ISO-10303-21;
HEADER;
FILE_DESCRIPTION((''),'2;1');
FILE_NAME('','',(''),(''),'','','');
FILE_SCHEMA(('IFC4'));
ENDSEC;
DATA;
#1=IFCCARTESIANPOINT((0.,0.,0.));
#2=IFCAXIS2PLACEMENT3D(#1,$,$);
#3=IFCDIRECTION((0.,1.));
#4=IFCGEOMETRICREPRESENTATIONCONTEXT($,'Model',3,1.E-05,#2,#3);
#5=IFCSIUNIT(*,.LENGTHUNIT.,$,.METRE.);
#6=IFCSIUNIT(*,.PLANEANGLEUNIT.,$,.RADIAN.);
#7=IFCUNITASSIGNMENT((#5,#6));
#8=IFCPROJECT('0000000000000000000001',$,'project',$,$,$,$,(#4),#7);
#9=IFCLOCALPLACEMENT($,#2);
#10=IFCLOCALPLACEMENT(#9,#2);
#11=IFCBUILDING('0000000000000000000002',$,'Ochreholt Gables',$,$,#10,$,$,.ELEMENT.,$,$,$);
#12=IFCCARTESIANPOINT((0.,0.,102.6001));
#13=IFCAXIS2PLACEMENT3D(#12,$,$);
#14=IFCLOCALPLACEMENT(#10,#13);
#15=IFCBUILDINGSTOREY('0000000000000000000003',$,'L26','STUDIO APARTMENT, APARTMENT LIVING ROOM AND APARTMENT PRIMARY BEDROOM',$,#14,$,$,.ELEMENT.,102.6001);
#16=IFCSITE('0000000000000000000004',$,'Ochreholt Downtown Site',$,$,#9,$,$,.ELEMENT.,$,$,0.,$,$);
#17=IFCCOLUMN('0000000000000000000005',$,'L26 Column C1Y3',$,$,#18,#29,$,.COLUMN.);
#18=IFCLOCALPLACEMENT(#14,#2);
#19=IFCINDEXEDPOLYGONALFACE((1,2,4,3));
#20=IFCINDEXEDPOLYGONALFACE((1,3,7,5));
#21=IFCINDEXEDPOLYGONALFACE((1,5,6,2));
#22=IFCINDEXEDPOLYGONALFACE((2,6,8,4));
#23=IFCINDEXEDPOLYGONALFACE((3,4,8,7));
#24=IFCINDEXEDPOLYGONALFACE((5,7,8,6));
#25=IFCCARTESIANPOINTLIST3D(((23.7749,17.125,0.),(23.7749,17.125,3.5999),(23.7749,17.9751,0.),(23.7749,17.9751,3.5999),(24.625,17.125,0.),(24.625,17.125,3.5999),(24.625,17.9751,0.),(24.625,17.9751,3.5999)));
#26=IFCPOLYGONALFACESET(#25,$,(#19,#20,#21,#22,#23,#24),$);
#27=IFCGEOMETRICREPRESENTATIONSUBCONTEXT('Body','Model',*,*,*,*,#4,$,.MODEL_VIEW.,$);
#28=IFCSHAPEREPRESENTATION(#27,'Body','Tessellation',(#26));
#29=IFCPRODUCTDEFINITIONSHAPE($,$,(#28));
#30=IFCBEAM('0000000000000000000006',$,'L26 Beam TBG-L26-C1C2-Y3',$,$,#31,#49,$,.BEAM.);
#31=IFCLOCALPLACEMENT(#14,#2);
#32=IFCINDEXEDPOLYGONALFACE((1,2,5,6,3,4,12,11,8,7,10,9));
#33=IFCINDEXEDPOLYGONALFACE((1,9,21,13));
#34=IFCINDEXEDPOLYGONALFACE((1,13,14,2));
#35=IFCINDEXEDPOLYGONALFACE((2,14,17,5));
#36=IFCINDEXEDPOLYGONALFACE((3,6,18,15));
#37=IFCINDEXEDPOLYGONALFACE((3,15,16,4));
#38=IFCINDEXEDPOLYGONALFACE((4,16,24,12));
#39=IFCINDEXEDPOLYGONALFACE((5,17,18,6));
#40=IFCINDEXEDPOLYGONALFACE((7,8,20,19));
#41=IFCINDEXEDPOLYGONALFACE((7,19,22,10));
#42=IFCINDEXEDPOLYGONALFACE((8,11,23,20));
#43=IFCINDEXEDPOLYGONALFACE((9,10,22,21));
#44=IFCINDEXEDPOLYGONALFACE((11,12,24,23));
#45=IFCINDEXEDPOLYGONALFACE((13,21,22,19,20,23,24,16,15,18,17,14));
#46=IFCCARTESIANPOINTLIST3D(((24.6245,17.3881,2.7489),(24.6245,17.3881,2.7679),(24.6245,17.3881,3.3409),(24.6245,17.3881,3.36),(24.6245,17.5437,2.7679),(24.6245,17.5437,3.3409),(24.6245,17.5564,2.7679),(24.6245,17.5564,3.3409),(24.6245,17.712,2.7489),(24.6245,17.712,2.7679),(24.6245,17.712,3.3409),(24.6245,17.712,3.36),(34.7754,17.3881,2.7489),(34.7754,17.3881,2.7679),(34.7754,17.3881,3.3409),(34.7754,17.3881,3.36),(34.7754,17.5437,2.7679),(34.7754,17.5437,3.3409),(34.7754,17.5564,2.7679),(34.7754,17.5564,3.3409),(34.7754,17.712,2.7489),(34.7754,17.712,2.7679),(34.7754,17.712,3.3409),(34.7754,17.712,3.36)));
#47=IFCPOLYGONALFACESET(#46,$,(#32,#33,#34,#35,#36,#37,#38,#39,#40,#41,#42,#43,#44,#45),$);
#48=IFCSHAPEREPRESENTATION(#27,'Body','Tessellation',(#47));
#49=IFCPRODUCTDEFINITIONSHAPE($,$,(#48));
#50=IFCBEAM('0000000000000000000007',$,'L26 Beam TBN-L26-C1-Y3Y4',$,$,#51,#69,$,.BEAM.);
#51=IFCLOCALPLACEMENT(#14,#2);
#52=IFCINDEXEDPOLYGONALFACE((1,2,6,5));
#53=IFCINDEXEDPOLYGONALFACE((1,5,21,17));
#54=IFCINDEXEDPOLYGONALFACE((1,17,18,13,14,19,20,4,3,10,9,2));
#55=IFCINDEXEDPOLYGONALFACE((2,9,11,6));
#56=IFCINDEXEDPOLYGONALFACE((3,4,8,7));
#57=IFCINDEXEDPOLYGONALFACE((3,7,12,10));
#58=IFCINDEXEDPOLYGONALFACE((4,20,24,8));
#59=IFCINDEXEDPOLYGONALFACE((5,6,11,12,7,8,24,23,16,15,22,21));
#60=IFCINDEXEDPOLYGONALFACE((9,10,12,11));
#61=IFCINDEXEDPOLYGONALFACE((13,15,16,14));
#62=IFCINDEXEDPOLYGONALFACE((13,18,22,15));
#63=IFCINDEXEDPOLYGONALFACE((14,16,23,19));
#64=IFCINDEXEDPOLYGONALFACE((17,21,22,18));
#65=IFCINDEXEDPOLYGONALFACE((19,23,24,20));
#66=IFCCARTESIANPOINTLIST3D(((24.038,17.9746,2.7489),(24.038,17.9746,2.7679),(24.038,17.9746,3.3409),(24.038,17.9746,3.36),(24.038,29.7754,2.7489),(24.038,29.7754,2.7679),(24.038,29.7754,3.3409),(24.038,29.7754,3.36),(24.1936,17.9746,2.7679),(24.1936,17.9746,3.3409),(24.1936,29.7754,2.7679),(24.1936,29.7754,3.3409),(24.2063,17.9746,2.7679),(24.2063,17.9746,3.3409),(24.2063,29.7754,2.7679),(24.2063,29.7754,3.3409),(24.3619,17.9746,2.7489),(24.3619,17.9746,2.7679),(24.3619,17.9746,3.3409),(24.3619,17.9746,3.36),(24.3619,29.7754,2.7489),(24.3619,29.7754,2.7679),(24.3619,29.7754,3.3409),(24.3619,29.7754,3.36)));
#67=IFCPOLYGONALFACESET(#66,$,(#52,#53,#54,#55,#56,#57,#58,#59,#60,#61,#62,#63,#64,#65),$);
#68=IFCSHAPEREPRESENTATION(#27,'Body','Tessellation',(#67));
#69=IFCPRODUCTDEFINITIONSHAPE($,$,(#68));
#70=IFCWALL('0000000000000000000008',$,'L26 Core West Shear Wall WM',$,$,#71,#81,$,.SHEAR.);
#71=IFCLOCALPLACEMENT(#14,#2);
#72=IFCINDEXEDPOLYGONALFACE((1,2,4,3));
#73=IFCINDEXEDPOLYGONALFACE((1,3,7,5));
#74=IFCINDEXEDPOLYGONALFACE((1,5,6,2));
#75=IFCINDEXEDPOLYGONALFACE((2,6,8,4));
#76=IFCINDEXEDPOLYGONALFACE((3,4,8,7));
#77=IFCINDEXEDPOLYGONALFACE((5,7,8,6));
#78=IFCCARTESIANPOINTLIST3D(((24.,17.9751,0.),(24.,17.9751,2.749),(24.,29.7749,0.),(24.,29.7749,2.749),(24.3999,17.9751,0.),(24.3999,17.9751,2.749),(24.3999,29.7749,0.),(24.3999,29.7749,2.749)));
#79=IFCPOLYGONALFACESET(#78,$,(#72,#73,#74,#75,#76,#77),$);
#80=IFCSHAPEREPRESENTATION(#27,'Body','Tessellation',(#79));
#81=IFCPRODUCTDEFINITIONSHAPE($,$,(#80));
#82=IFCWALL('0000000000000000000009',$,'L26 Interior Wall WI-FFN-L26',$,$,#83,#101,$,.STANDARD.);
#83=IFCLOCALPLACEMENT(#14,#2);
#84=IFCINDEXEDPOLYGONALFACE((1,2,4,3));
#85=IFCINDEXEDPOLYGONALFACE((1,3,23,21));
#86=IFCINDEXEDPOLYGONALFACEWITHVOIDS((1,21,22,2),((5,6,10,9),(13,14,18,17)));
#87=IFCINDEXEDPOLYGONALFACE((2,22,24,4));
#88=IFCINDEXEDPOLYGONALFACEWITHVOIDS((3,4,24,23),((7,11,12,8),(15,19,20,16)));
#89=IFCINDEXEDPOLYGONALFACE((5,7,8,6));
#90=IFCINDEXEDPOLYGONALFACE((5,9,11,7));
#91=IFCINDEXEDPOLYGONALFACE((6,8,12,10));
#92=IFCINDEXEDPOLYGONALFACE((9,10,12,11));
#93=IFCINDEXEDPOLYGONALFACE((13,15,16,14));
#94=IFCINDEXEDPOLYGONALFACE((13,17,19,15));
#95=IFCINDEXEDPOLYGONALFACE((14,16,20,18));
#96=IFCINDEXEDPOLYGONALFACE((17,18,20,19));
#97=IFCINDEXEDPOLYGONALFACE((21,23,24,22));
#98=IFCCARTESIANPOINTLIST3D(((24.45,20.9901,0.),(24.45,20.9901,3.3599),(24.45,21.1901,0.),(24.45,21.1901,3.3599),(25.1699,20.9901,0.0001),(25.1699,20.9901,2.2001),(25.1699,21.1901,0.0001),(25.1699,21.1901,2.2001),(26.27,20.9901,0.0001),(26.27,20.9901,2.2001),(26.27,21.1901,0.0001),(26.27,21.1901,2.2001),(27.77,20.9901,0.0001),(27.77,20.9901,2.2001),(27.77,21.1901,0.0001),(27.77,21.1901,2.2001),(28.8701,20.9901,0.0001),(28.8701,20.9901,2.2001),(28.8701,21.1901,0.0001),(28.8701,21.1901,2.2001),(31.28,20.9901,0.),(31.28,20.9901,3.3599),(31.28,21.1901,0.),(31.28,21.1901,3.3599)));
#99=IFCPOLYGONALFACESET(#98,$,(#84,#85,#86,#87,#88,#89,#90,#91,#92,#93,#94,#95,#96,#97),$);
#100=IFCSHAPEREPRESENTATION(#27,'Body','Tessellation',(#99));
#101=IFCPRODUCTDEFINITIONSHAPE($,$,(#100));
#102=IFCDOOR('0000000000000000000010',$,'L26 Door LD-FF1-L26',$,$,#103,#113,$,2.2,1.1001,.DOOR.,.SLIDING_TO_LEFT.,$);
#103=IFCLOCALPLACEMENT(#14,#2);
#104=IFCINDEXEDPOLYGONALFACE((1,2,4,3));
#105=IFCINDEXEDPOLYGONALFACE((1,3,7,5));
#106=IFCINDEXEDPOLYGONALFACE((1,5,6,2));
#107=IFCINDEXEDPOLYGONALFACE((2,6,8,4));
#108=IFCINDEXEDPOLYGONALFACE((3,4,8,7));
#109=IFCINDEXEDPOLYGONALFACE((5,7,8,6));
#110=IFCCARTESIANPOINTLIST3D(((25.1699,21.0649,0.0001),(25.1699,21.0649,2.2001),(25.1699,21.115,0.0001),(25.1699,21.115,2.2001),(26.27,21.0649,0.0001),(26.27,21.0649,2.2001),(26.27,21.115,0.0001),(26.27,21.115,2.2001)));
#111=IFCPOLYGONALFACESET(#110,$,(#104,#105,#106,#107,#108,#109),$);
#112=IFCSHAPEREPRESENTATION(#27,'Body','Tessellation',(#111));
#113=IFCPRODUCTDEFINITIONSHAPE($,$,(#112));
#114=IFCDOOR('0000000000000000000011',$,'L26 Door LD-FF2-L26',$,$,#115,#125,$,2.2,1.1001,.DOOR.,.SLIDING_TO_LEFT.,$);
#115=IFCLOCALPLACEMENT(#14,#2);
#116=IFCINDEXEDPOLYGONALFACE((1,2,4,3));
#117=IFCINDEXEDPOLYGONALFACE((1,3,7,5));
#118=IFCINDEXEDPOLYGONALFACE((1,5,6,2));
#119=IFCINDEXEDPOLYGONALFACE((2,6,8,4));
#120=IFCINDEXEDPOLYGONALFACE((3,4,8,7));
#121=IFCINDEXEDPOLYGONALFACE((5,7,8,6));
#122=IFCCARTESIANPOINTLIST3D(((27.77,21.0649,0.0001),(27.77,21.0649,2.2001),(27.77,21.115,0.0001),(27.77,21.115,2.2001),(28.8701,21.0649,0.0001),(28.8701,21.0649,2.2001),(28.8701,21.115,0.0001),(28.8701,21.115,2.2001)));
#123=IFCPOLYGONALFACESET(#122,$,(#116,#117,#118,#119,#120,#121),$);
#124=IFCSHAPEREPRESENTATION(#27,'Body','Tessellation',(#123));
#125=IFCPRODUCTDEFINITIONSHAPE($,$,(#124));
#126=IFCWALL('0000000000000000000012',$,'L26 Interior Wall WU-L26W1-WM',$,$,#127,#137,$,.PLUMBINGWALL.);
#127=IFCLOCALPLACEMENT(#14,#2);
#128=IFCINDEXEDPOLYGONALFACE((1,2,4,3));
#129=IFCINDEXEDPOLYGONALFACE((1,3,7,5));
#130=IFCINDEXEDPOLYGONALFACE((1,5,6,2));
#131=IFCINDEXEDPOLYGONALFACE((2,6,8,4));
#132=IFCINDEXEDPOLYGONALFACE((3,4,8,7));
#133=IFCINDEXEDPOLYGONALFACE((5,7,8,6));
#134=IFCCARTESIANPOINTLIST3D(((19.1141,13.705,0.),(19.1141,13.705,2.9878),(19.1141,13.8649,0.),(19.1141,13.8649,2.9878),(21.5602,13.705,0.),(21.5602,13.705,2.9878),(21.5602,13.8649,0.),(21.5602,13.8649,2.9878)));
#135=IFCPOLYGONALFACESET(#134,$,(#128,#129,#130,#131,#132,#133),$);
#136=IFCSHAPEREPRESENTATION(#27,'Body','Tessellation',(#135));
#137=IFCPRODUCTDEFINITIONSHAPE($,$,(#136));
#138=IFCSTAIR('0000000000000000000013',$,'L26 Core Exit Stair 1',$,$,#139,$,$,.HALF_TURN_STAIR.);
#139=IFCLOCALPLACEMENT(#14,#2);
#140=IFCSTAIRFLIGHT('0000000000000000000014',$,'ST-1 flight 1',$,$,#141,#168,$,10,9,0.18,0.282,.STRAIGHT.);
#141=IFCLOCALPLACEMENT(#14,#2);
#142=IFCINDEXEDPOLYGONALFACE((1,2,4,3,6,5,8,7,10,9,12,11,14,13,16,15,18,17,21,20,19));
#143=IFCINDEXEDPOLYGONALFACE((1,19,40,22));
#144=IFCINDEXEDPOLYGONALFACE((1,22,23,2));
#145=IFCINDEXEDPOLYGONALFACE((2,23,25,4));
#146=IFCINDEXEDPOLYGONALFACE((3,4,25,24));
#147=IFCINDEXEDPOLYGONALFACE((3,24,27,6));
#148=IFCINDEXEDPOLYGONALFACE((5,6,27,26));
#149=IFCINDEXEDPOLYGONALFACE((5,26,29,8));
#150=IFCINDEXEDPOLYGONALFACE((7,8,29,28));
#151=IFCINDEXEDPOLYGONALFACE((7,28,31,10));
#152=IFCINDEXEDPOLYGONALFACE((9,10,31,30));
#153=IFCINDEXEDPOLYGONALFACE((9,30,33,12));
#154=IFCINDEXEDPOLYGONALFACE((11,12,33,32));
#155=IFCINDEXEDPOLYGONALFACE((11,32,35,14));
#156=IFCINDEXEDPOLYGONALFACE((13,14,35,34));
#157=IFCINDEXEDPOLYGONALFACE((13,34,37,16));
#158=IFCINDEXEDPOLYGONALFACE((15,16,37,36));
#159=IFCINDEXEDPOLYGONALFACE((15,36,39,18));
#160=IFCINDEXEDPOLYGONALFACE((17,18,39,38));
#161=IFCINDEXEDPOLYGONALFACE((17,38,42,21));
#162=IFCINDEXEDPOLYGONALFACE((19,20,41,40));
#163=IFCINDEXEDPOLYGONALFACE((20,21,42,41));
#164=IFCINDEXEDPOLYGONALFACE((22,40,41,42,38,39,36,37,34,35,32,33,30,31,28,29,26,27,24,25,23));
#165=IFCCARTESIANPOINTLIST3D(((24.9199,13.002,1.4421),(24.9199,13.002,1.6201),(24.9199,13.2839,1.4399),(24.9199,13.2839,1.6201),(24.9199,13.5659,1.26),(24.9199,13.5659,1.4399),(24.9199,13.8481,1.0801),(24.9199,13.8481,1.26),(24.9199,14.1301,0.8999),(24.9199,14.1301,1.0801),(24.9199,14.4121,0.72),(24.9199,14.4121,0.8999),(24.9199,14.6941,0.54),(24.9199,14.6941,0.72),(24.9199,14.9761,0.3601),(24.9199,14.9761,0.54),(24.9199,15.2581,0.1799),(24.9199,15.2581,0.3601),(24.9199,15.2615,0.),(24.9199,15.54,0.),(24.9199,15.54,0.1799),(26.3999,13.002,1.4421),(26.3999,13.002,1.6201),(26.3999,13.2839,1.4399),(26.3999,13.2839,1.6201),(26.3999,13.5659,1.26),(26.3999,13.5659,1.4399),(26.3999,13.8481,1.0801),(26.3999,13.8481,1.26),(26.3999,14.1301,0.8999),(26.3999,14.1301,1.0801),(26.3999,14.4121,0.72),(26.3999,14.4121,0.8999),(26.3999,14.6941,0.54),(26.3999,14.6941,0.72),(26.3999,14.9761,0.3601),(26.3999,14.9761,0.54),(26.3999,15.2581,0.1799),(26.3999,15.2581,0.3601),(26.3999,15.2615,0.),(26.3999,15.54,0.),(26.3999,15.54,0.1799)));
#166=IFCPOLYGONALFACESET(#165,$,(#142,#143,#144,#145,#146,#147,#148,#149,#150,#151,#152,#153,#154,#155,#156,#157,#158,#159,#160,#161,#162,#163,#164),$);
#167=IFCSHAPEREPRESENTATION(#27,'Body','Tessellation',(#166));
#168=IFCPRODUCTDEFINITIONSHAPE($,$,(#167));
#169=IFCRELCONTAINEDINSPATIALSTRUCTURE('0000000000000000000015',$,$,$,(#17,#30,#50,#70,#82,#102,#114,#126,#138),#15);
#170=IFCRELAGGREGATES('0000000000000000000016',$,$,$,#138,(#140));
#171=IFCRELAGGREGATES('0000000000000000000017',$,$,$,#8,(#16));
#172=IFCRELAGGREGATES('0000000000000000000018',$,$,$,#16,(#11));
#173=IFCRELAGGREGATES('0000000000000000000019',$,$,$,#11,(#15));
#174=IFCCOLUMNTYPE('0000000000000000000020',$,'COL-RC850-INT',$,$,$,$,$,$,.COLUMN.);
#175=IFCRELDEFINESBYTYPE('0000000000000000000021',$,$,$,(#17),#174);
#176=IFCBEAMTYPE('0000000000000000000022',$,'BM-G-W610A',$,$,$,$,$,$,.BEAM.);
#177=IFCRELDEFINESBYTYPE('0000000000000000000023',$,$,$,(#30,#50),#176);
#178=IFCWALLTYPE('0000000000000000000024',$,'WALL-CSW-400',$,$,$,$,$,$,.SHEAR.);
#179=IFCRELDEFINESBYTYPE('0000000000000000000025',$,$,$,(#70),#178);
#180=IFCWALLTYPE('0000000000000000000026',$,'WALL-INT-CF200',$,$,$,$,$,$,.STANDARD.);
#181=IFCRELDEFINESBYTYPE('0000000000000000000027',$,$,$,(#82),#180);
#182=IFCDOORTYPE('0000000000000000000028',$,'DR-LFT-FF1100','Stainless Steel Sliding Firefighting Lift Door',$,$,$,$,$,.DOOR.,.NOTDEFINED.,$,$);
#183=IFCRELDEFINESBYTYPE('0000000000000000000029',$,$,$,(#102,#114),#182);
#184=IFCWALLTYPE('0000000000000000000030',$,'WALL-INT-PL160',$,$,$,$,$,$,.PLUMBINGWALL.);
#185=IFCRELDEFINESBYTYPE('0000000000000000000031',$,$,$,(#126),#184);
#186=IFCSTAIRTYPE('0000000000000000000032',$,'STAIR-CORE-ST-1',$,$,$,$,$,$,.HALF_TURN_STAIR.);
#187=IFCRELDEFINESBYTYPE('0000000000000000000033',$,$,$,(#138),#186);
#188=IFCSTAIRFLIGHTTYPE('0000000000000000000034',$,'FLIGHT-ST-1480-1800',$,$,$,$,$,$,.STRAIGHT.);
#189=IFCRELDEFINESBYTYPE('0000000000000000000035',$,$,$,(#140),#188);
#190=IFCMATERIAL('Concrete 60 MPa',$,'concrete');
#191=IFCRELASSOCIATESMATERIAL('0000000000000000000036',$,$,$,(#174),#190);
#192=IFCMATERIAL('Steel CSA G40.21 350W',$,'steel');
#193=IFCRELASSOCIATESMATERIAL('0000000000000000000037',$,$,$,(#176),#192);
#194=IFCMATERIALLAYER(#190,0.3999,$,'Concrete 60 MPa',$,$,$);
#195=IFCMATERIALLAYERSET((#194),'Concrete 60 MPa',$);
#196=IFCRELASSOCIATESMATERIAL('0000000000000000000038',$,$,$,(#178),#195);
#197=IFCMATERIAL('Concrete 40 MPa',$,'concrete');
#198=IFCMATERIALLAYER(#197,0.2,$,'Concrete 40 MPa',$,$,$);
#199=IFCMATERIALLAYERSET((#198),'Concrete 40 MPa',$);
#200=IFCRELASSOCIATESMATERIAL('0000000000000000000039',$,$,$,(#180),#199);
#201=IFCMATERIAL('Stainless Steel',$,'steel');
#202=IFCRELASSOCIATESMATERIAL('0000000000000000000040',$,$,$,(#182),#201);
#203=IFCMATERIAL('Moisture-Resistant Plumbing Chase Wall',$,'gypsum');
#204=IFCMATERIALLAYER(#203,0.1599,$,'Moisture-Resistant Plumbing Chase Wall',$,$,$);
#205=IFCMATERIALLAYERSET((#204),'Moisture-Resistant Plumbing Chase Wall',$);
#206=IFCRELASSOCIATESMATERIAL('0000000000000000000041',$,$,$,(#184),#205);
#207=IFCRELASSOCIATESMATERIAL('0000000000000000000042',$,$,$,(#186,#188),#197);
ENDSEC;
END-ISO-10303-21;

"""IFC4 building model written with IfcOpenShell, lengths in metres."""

from ifc_helpers import new_model, si_unit, direction, frame, frame_2d, origin, origin_2d, place, context, subcontext, project, spatial, polyline, rectangle, i_section, outline, extrude, material, layer, layer_set, material_profile, profile_set, type_object, element, fill, aggregate, save


model = new_model("IFC4")

# Units and contexts
model_context = context("Model", 3, precision=1e-05, world=origin(), true_north=direction((0.0, 1.0)))
body_context = subcontext(model_context, "Body", "Model", "MODEL_VIEW")
ifc_project = project(units=[si_unit("LENGTHUNIT", "METRE"), si_unit("PLANEANGLEUNIT", "RADIAN")], contexts=[model_context])

# Site, building, storey
site_placement = place(None, origin())
site = spatial("IfcSite", under=ifc_project, at=site_placement, Name="Ochreholt Downtown Site", CompositionType="ELEMENT", RefElevation=0.0)
building_placement = place(site_placement, origin())
building = spatial("IfcBuilding", under=site, at=building_placement, Name="Ochreholt Gables", CompositionType="ELEMENT")
storey_placement = place(building_placement, frame((0.0, 0.0, 102.6001)))
storey = spatial("IfcBuildingStorey", under=building, at=storey_placement, Name="L26", Description="STUDIO APARTMENT, APARTMENT LIVING ROOM AND APARTMENT PRIMARY BEDROOM", CompositionType="ELEMENT", Elevation=102.6001)

# Column
ifc_material_1 = material(Name="Concrete 60 MPa", Category="concrete")
ifc_material_profile_1 = material_profile(ifc_material_1, rectangle(XDim=0.8501, YDim=0.8501, at=origin_2d()), Name="RC850X850")
ifc_profile_set_1 = profile_set([ifc_material_profile_1], Name="Concrete 60 MPa")
column_type = type_object("IfcColumnType", Name="COL-RC850-INT", PredefinedType="COLUMN", material=ifc_profile_set_1)
column_placement = place(storey_placement, frame((24.2, 17.55, 0.0), z_axis=(0.0, 0.0, 1.0), x_axis=(1.0, 0.0, 0.0)))
element("IfcColumn", 1, at=column_placement, inside=storey, type_object=column_type, Name="L26 Column C1Y3", PredefinedType="COLUMN", context=body_context, shape_type="SweptSolid", body=[
    extrude(rectangle(XDim=0.8501, YDim=0.8501, at=origin_2d()), origin(), (0.0, 0.0, 1.0), 3.5999),
])

# Beams
ifc_material_2 = material(Name="Steel CSA G40.21 350W", Category="steel")
ifc_material_profile_2 = material_profile(ifc_material_2, i_section(OverallWidth=0.324, OverallDepth=0.6111, WebThickness=0.0127, FlangeThickness=0.019, at=origin_2d()), Name="W610X155")
ifc_profile_set_2 = profile_set([ifc_material_profile_2], Name="Steel CSA G40.21 350W")
beam_type = type_object("IfcBeamType", Name="BM-G-W610A", PredefinedType="BEAM", material=ifc_profile_set_2)
beam_1_placement = place(storey_placement, frame((24.6245, 17.55, 3.0544), z_axis=(1.0, 0.0, 0.0), x_axis=(0.0, 1.0, 0.0)))
element("IfcBeam", 2, at=beam_1_placement, inside=storey, type_object=beam_type, Name="L26 Beam TBG-L26-C1C2-Y3", PredefinedType="BEAM", context=body_context, shape_type="SweptSolid", body=[
    extrude(i_section(OverallWidth=0.324, OverallDepth=0.6111, WebThickness=0.0127, FlangeThickness=0.019, at=origin_2d()), origin(), (0.0, 0.0, 1.0), 10.1509),
])
beam_2_placement = place(storey_placement, frame((24.2, 17.9746, 3.0544), z_axis=(0.0, 1.0, 0.0), x_axis=(-1.0, 0.0, 0.0)))
element("IfcBeam", 3, at=beam_2_placement, inside=storey, type_object=beam_type, Name="L26 Beam TBN-L26-C1-Y3Y4", PredefinedType="BEAM", context=body_context, shape_type="SweptSolid", body=[
    extrude(i_section(OverallWidth=0.324, OverallDepth=0.6111, WebThickness=0.0127, FlangeThickness=0.019, at=origin_2d()), origin(), (0.0, 0.0, 1.0), 11.8008),
])

# Wall
ifc_layer_1 = layer(ifc_material_1, 0.3999, Name="Concrete 60 MPa")
ifc_layer_set_1 = layer_set([ifc_layer_1], Name="Concrete 60 MPa")
wall_type_1 = type_object("IfcWallType", Name="WALL-CSW-400", PredefinedType="SHEAR", material=ifc_layer_set_1)
wall_1_placement = place(storey_placement, frame((24.2, 17.9751, 0.0), z_axis=(0.0, 0.0, 1.0), x_axis=(0.0, 1.0, 0.0)))
element("IfcWall", 4, at=wall_1_placement, inside=storey, type_object=wall_type_1, Name="L26 Core West Shear Wall WM", PredefinedType="SHEAR", context=body_context, shape_type="SweptSolid", body=[
    extrude(rectangle(XDim=11.7998, YDim=0.3999, at=frame_2d((5.8999, 0.0))), origin(), (0.0, 0.0, 1.0), 2.749),
])

# Wall, openings, doors
ifc_material_3 = material(Name="Concrete 40 MPa", Category="concrete")
ifc_layer_2 = layer(ifc_material_3, 0.2, Name="Concrete 40 MPa")
ifc_layer_set_2 = layer_set([ifc_layer_2], Name="Concrete 40 MPa")
wall_type_2 = type_object("IfcWallType", Name="WALL-INT-CF200", PredefinedType="STANDARD", material=ifc_layer_set_2)
wall_2_placement = place(storey_placement, frame((24.45, 21.0901, 0.0), z_axis=(0.0, 0.0, 1.0), x_axis=(1.0, 0.0, 0.0)))
wall_2 = element("IfcWall", 5, at=wall_2_placement, inside=storey, type_object=wall_type_2, Name="L26 Interior Wall WI-FFN-L26", PredefinedType="STANDARD", context=body_context, shape_type="SweptSolid", body=[
    extrude(rectangle(XDim=6.8301, YDim=0.2, at=frame_2d((3.415, 0.0))), origin(), (0.0, 0.0, 1.0), 3.3599),
])
opening_1_placement = place(wall_2_placement, frame((0.72, 0.0, 0.0)))
opening_1 = element("IfcOpeningElement", 6, at=opening_1_placement, cuts=wall_2, PredefinedType="OPENING", context=body_context, shape_type="SweptSolid", body=[
    extrude(rectangle(XDim=1.1001, YDim=2.2, at=frame_2d((0.55, 1.1001))), frame((0.0, 0.1099, 0.0), z_axis=(0.0, -1.0, 0.0), x_axis=(1.0, 0.0, 0.0)), (0.0, 0.0, 1.0), 0.22),
])
opening_2_placement = place(wall_2_placement, frame((3.3201, 0.0, 0.0)))
opening_2 = element("IfcOpeningElement", 7, at=opening_2_placement, cuts=wall_2, PredefinedType="OPENING", context=body_context, shape_type="SweptSolid", body=[
    extrude(rectangle(XDim=1.1001, YDim=2.2, at=frame_2d((0.55, 1.1001))), frame((0.0, 0.1099, 0.0), z_axis=(0.0, -1.0, 0.0), x_axis=(1.0, 0.0, 0.0)), (0.0, 0.0, 1.0), 0.22),
])
ifc_material_4 = material(Name="Stainless Steel", Category="steel")
door_type_1 = type_object("IfcDoorType", Name="DR-LFT-FF1100", Description="Stainless Steel Sliding Firefighting Lift Door", OperationType="NOTDEFINED", PredefinedType="DOOR", material=ifc_material_4)
door_1_placement = place(opening_1_placement, origin())
door_1 = element("IfcDoor", 8, at=door_1_placement, inside=storey, type_object=door_type_1, Name="L26 Door LD-FF1-L26", OperationType="SLIDING_TO_LEFT", OverallHeight=2.2, OverallWidth=1.1001, PredefinedType="DOOR", context=body_context, shape_type="SweptSolid", body=[
    extrude(rectangle(XDim=1.1001, YDim=2.2, at=frame_2d((0.55, 1.1001))), frame((0.0, 0.0249, 0.0), z_axis=(0.0, -1.0, 0.0), x_axis=(1.0, 0.0, 0.0)), (0.0, 0.0, 1.0), 0.05),
])
fill(opening_1, door_1)
door_2_placement = place(opening_2_placement, origin())
door_2 = element("IfcDoor", 9, at=door_2_placement, inside=storey, type_object=door_type_1, Name="L26 Door LD-FF2-L26", OperationType="SLIDING_TO_LEFT", OverallHeight=2.2, OverallWidth=1.1001, PredefinedType="DOOR", context=body_context, shape_type="SweptSolid", body=[
    extrude(rectangle(XDim=1.1001, YDim=2.2, at=frame_2d((0.55, 1.1001))), frame((0.0, 0.0249, 0.0), z_axis=(0.0, -1.0, 0.0), x_axis=(1.0, 0.0, 0.0)), (0.0, 0.0, 1.0), 0.05),
])
fill(opening_2, door_2)

# Wall
ifc_material_5 = material(Name="Moisture-Resistant Plumbing Chase Wall", Category="gypsum")
ifc_layer_3 = layer(ifc_material_5, 0.1599, Name="Moisture-Resistant Plumbing Chase Wall")
ifc_layer_set_3 = layer_set([ifc_layer_3], Name="Moisture-Resistant Plumbing Chase Wall")
wall_type_3 = type_object("IfcWallType", Name="WALL-INT-PL160", PredefinedType="PLUMBINGWALL", material=ifc_layer_set_3)
wall_3_placement = place(storey_placement, frame((19.114, 13.7849, 0.0), z_axis=(0.0, 0.0, 1.0), x_axis=(1.0, 0.0, 0.0)))
element("IfcWall", 10, at=wall_3_placement, inside=storey, type_object=wall_type_3, Name="L26 Interior Wall WU-L26W1-WM", PredefinedType="PLUMBINGWALL", context=body_context, shape_type="SweptSolid", body=[
    extrude(rectangle(XDim=2.446, YDim=0.1599, at=frame_2d((1.2231, 0.0))), origin(), (0.0, 0.0, 1.0), 2.9878),
])

# Stair, stair flight
stair_type = type_object("IfcStairType", Name="STAIR-CORE-ST-1", PredefinedType="HALF_TURN_STAIR", material=ifc_material_3)
stair_placement = place(storey_placement, origin())
stair = element("IfcStair", 11, at=stair_placement, inside=storey, type_object=stair_type, Name="L26 Core Exit Stair 1", PredefinedType="HALF_TURN_STAIR")
stair_flight_type = type_object("IfcStairFlightType", Name="FLIGHT-ST-1480-1800", PredefinedType="STRAIGHT", material=ifc_material_3)
stair_flight_1_placement = place(storey_placement, frame((25.6599, 15.54, 0.0), z_axis=(0.0, 0.0, 1.0), x_axis=(0.0, -1.0, 0.0)))
stair_flight_1 = element("IfcStairFlight", 12, at=stair_flight_1_placement, type_object=stair_flight_type, Name="ST-1 flight 1", NumberOfRisers=10, NumberOfTreads=9, PredefinedType="STRAIGHT", RiserHeight=0.18, TreadLength=0.282, context=body_context, shape_type="SweptSolid", body=[
    extrude(outline(polyline([(0.0, 0.0), (0.0, 0.1799), (0.282, 0.1799), (0.282, 0.3601), (0.564, 0.3601), (0.564, 0.54), (0.8459, 0.54), (0.8459, 0.72), (1.1279, 0.72), (1.1279, 0.8999), (1.4099, 0.8999), (1.4099, 1.0801), (1.6919, 1.0801), (1.6919, 1.26), (1.9741, 1.26), (1.9741, 1.4399), (2.2561, 1.4399), (2.2561, 1.6201), (2.5381, 1.6201), (2.5381, 1.8), (2.5381, 1.4421), (0.2786, 0.0), (0.0, 0.0)])), frame((0.0, 0.74, 0.0), z_axis=(0.0, -1.0, 0.0), x_axis=(1.0, 0.0, 0.0)), (0.0, 0.0, 1.0), 1.48),
])
aggregate(stair, [stair_flight_1])

save(model, "model.ifc")
